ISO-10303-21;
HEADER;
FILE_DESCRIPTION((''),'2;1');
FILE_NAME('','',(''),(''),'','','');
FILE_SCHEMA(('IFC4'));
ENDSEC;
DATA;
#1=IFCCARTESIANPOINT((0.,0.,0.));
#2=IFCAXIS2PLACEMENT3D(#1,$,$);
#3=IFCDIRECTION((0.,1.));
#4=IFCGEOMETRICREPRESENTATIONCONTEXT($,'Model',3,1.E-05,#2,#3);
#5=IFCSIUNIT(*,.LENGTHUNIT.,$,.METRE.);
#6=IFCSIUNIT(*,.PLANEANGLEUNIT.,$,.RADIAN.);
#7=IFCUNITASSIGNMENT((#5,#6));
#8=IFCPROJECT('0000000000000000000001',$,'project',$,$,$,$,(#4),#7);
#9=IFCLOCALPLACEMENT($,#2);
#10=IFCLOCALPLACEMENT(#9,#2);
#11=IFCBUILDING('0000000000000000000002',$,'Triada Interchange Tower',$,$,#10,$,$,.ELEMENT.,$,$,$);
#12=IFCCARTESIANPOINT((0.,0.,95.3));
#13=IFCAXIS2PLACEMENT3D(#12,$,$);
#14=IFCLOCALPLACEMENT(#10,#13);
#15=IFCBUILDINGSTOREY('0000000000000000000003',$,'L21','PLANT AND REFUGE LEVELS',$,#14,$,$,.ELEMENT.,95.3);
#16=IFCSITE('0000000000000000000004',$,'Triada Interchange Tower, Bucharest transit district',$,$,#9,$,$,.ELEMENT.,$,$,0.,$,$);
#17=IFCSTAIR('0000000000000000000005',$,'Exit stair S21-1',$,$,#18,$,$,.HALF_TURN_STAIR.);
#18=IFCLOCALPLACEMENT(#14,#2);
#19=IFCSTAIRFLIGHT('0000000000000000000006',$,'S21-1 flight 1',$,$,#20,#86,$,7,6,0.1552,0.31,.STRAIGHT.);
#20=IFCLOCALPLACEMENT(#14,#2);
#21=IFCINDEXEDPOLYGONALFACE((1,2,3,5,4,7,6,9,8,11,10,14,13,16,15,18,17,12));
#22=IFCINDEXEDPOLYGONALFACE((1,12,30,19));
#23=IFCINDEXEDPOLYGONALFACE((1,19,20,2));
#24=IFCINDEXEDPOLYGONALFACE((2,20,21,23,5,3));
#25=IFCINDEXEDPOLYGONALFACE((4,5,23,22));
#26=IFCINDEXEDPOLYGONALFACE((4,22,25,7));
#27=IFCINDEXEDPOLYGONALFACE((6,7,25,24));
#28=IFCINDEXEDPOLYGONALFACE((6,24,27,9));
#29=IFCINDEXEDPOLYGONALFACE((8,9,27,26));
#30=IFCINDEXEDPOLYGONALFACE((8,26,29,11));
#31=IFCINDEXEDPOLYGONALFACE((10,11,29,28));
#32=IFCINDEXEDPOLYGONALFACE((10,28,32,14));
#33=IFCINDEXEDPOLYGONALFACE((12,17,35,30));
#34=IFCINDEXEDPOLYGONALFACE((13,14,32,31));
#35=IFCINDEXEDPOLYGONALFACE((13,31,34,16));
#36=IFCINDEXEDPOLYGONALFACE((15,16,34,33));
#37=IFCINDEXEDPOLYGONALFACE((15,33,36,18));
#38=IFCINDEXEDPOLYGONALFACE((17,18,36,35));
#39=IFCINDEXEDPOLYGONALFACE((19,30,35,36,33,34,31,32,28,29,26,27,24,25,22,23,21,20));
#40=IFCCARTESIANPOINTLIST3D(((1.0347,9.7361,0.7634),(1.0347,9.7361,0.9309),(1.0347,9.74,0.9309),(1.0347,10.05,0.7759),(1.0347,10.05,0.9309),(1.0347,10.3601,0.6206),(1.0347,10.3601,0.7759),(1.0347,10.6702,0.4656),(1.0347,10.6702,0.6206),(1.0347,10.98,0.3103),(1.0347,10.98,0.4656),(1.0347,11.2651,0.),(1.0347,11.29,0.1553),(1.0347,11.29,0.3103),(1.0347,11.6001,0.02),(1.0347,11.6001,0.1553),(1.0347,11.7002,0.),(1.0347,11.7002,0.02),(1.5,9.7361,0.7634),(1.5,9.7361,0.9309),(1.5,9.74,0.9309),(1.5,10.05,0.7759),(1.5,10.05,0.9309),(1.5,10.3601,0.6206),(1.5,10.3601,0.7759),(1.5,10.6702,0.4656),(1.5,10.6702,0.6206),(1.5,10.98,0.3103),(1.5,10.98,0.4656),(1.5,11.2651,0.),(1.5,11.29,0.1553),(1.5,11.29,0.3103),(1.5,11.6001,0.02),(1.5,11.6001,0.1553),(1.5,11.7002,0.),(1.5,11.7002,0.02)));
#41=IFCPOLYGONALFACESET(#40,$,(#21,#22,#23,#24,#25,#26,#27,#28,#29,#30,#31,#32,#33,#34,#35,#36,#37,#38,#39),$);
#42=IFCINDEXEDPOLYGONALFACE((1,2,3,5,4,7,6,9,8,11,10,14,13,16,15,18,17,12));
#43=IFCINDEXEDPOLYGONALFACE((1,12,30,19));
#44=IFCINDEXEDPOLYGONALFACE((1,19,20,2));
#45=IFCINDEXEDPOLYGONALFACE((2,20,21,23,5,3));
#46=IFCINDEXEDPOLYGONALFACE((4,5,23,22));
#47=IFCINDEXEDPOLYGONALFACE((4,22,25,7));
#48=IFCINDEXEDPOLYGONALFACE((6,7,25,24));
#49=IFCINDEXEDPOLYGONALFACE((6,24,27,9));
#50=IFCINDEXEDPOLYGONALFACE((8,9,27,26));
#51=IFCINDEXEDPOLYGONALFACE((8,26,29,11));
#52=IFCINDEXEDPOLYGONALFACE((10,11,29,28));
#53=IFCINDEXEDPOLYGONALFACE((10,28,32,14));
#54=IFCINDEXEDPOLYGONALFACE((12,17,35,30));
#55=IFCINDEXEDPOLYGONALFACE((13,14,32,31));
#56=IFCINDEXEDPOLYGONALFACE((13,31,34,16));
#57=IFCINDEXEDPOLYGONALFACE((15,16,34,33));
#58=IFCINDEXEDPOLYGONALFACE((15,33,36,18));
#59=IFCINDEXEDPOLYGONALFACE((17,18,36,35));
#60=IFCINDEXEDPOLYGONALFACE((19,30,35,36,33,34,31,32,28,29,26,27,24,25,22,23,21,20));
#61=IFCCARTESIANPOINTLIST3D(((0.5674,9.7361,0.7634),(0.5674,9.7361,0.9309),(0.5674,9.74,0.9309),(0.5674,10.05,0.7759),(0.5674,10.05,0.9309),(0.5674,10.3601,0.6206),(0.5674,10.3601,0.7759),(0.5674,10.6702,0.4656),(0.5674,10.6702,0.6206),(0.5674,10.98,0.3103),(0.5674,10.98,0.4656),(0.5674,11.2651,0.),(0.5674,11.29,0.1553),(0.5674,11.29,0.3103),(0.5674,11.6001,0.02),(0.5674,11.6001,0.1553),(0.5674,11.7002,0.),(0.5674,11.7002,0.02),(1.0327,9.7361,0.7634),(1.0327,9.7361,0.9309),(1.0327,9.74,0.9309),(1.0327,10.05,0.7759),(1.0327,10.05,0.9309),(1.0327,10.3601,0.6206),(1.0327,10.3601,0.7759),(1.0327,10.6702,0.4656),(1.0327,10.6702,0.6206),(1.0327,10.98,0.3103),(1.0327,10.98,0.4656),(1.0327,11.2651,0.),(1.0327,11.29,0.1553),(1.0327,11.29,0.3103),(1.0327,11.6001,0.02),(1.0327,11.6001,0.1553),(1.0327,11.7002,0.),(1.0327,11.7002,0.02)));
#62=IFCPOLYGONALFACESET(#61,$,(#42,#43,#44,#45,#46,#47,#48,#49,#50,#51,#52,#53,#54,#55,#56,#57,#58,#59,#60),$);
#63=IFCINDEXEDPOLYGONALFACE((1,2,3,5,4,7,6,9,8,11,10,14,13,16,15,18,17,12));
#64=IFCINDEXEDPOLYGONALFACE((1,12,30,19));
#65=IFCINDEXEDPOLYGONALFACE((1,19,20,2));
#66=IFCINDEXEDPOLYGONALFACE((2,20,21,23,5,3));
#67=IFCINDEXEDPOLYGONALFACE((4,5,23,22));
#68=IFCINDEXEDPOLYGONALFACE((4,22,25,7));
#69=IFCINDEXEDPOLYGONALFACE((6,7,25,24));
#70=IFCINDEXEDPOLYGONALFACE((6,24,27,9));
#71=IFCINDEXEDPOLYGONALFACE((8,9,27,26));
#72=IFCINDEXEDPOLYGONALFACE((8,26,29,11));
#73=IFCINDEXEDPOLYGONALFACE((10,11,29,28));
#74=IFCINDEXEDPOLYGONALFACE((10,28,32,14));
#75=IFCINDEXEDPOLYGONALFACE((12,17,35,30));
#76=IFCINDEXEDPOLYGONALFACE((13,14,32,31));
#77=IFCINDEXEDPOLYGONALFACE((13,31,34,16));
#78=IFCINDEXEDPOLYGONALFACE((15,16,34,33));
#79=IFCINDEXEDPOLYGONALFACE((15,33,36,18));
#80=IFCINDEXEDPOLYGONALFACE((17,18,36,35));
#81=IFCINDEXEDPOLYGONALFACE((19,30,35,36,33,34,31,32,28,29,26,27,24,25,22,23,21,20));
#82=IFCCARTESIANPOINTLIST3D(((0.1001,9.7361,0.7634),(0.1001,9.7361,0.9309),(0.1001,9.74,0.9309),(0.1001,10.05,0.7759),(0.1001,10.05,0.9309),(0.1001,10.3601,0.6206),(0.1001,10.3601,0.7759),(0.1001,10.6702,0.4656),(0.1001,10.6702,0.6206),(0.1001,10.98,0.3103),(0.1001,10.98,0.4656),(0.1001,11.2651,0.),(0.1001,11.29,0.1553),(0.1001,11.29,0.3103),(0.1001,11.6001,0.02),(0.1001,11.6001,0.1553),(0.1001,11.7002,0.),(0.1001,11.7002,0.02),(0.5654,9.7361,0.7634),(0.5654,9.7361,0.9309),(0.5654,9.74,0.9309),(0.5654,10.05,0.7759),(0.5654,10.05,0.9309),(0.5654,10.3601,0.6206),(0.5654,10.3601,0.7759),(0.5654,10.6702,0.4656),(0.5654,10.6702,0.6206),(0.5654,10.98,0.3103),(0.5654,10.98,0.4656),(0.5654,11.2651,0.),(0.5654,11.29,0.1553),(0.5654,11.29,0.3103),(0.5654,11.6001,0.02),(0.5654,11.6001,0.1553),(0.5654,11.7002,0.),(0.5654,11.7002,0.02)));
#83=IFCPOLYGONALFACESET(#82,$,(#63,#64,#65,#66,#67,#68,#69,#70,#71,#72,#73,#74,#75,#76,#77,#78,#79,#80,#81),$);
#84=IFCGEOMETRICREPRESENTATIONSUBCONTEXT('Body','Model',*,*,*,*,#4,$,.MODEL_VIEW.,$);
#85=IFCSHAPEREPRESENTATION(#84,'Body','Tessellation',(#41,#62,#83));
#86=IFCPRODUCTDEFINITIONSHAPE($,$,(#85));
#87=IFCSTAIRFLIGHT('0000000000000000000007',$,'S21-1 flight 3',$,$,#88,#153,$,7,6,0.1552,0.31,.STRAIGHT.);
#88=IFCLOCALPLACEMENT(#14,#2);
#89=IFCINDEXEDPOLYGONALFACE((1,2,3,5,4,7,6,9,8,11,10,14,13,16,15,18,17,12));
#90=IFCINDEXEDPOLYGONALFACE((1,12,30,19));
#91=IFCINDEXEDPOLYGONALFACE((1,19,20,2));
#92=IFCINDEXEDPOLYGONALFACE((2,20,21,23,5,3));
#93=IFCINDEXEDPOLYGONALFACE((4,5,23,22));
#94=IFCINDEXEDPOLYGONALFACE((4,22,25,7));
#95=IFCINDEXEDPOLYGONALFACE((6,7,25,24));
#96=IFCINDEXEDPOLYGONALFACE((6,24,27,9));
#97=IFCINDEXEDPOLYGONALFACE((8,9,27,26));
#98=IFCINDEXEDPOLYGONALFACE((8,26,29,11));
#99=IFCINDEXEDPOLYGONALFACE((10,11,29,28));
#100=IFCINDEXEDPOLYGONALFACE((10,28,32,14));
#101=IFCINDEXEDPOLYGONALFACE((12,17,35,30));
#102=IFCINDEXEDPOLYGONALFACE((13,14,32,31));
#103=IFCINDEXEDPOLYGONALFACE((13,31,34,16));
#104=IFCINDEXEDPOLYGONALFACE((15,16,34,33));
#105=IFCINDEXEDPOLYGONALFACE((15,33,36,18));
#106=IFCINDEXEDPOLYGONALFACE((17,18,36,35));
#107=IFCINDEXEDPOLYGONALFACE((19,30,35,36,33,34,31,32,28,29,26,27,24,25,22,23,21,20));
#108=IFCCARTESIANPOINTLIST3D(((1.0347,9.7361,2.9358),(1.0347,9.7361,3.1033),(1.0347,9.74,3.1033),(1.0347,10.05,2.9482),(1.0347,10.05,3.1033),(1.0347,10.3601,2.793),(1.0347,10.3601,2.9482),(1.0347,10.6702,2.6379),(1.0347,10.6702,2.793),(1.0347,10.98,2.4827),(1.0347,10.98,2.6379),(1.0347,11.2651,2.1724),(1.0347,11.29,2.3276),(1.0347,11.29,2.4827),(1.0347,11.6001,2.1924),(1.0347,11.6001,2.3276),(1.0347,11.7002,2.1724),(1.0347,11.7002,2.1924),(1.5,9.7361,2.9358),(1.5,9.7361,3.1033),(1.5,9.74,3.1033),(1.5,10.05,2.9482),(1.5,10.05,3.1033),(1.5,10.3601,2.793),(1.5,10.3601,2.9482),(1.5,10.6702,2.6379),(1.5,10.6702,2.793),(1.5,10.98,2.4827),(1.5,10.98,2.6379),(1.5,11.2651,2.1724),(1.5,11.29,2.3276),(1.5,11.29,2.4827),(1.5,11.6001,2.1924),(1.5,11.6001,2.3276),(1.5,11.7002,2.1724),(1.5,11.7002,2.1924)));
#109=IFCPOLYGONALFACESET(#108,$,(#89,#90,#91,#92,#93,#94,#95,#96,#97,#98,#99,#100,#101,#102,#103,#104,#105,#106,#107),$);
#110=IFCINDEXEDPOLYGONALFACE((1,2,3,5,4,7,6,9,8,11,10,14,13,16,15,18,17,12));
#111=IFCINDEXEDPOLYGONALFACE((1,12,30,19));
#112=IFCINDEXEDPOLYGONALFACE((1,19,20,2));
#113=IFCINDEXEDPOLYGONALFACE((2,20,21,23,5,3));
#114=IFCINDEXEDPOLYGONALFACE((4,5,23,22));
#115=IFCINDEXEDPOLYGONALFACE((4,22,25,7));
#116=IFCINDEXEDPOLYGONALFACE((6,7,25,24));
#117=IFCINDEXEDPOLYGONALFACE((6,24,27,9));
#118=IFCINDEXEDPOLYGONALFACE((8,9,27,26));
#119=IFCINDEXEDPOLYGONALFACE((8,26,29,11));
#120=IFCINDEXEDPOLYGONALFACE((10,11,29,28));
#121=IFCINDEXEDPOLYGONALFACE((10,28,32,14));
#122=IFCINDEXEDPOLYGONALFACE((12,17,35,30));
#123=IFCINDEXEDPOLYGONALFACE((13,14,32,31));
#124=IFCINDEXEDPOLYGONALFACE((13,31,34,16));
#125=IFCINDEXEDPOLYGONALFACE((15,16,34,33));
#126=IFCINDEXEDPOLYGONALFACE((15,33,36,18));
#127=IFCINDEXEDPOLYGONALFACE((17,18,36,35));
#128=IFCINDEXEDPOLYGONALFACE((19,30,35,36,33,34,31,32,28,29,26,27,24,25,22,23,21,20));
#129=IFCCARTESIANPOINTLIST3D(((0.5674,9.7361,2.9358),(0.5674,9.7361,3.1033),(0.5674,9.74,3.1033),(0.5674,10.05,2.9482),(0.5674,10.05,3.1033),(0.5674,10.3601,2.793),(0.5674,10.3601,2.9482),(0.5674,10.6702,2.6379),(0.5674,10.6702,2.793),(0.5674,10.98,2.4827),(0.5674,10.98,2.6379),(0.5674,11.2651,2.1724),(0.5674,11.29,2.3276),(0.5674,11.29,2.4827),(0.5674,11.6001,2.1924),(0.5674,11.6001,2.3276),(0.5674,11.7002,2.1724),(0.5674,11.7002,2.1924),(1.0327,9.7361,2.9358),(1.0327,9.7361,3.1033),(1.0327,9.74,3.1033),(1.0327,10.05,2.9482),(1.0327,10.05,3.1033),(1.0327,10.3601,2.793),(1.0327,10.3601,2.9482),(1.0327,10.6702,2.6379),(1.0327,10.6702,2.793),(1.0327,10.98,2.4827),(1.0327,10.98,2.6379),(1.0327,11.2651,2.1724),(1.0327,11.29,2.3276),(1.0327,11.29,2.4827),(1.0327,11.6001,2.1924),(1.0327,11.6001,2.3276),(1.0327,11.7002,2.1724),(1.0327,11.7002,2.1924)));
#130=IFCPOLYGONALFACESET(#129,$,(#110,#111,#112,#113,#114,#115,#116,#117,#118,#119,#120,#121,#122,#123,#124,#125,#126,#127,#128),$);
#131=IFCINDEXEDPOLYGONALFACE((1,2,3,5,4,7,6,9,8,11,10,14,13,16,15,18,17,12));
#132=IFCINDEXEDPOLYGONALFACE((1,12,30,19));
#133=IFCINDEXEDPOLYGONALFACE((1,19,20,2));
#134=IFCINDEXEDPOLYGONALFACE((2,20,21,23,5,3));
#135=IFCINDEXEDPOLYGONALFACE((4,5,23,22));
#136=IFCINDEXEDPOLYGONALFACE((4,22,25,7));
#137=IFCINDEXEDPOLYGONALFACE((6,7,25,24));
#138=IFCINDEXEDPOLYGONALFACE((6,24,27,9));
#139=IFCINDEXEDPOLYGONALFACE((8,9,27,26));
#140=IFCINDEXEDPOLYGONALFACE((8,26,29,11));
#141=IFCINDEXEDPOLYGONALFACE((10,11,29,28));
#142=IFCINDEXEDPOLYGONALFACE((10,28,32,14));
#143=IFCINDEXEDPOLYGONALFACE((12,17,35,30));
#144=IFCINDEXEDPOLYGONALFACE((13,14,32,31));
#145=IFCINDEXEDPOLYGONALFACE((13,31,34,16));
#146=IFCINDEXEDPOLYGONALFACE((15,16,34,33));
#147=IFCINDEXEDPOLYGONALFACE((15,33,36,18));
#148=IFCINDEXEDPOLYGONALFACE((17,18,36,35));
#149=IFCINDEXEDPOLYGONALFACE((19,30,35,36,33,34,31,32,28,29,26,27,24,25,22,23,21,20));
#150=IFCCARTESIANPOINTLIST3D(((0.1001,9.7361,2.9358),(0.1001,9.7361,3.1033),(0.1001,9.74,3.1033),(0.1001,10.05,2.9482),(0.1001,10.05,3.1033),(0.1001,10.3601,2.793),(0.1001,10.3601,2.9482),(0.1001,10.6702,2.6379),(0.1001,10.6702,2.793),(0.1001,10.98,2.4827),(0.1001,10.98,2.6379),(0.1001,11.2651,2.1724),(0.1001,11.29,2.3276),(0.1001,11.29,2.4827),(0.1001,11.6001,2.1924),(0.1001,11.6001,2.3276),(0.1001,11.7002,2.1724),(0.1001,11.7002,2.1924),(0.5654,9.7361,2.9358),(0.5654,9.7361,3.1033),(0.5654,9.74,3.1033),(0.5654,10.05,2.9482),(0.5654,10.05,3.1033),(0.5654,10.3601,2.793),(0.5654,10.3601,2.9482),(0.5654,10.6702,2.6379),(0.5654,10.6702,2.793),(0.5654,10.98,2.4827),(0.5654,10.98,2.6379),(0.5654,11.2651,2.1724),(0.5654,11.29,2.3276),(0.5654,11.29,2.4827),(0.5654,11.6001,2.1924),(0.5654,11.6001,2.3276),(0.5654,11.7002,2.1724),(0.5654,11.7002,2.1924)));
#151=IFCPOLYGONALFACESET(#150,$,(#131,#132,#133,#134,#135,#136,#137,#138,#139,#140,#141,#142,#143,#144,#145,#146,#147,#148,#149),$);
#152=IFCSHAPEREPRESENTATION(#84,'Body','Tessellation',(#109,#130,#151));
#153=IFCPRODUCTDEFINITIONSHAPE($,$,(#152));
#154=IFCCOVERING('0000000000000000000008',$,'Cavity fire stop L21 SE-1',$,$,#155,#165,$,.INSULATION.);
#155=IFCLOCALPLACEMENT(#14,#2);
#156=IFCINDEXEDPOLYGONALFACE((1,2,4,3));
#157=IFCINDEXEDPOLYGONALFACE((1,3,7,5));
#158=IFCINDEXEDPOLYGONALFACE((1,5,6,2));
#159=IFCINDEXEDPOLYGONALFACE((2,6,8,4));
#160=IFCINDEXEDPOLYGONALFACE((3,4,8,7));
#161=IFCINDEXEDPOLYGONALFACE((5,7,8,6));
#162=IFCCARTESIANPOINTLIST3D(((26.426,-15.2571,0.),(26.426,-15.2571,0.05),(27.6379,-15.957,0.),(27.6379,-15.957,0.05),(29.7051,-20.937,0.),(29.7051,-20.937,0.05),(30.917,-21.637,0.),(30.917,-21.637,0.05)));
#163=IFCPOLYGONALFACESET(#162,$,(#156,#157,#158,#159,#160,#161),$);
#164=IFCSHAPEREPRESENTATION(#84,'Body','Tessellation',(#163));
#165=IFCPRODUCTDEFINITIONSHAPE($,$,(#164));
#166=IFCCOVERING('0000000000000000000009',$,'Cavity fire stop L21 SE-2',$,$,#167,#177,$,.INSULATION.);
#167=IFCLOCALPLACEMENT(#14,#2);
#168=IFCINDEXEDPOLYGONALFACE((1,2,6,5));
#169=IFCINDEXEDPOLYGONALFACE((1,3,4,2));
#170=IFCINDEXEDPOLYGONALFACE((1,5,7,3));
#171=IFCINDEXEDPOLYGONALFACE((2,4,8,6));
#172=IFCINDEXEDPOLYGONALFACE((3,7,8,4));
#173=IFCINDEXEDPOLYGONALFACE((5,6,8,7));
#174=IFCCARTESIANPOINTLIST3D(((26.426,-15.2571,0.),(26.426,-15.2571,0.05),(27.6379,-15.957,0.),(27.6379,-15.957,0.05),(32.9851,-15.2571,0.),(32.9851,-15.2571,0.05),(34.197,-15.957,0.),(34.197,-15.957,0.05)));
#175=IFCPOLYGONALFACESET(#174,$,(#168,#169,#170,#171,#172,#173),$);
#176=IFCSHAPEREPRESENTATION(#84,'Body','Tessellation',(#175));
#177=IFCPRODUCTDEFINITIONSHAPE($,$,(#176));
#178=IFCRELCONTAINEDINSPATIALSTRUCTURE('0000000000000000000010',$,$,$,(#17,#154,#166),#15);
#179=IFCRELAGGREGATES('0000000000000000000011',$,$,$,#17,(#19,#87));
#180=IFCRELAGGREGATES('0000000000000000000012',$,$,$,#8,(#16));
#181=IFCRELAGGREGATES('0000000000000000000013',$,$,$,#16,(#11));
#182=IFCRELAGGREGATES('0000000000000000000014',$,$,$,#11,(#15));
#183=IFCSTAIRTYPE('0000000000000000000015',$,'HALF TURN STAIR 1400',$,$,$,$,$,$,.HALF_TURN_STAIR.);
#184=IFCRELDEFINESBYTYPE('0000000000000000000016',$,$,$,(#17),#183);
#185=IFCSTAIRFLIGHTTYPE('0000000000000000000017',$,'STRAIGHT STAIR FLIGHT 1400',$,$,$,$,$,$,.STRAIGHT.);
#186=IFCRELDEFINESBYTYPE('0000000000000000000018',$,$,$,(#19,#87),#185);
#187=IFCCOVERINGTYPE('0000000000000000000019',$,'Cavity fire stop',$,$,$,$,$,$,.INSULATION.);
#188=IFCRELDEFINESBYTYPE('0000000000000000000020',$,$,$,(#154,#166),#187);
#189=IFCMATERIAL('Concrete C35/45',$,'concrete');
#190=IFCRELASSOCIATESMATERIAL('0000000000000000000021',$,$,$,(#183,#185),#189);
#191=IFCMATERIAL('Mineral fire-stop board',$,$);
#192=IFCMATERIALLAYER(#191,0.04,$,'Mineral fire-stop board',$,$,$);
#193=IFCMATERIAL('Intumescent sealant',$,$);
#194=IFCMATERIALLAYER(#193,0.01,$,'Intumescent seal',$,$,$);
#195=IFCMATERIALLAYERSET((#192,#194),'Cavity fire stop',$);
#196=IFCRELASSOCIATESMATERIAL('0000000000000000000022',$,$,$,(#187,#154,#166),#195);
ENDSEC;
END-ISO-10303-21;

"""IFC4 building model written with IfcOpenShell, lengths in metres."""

from ifc_helpers import new_model, si_unit, direction, frame, origin, place, context, subcontext, project, spatial, polyline, outline, extrude, material, layer, layer_set, layer_usage, type_object, element, aggregate, save


model = new_model("IFC4")

# Units and contexts
model_context = context("Model", 3, precision=1e-05, world=origin(), true_north=direction((0.0, 1.0)))
body_context = subcontext(model_context, "Body", "Model", "MODEL_VIEW")
ifc_project = project(units=[si_unit("LENGTHUNIT", "METRE"), si_unit("PLANEANGLEUNIT", "RADIAN")], contexts=[model_context])

# Site, building, storey
site_placement = place(None, origin())
site = spatial("IfcSite", under=ifc_project, at=site_placement, Name="Triada Interchange Tower, Bucharest transit district", CompositionType="ELEMENT", RefElevation=0.0)
building_placement = place(site_placement, origin())
building = spatial("IfcBuilding", under=site, at=building_placement, Name="Triada Interchange Tower", CompositionType="ELEMENT")
storey_placement = place(building_placement, frame((0.0, 0.0, 95.3)))
storey = spatial("IfcBuildingStorey", under=building, at=storey_placement, Name="L21", Description="PLANT AND REFUGE LEVELS", CompositionType="ELEMENT", Elevation=95.3)

# Stair
ifc_material_1 = material(Name="Concrete C35/45", Category="concrete")
stair_type = type_object("IfcStairType", Name="HALF TURN STAIR 1400", PredefinedType="HALF_TURN_STAIR", material=ifc_material_1)
stair_1_placement = place(storey_placement, origin())
stair_1 = element("IfcStair", 1, at=stair_1_placement, inside=storey, type_object=stair_type, Name="Exit stair S21-1", PredefinedType="HALF_TURN_STAIR")

# Stair flights
stair_flight_type = type_object("IfcStairFlightType", Name="STRAIGHT STAIR FLIGHT 1400", PredefinedType="STRAIGHT", material=ifc_material_1)
stair_flight_1_placement = place(storey_placement, frame((0.8, 11.6001, 0.0), z_axis=(0.0, 0.0, 1.0), x_axis=(0.0, -1.0, 0.0)))
stair_flight_1 = element("IfcStairFlight", 2, at=stair_flight_1_placement, type_object=stair_flight_type, Name="S21-1 flight 1", NumberOfRisers=7, NumberOfTreads=6, PredefinedType="STRAIGHT", RiserHeight=0.1552, TreadLength=0.31, context=body_context, shape_type="SweptSolid", body=[
    extrude(outline(polyline([(-0.1001, 0.0), (-0.1001, 0.02), (0.0, 0.02), (0.0, 0.1553), (0.3101, 0.1553), (0.3101, 0.3103), (0.6201, 0.3103), (0.6201, 0.4656), (0.9299, 0.4656), (0.9299, 0.6206), (1.24, 0.6206), (1.24, 0.7759), (1.55, 0.7759), (1.55, 0.9309), (1.8601, 0.9309), (1.864, 0.9309), (1.864, 1.0862), (1.864, 0.7634), (0.335, 0.0), (-0.1001, 0.0)])), frame((0.0, 0.7, 0.0), z_axis=(0.0, -1.0, 0.0), x_axis=(1.0, 0.0, 0.0)), (0.0, 0.0, 1.0), 0.4653),
    extrude(outline(polyline([(-0.1001, 0.0), (-0.1001, 0.02), (0.0, 0.02), (0.0, 0.1553), (0.3101, 0.1553), (0.3101, 0.3103), (0.6201, 0.3103), (0.6201, 0.4656), (0.9299, 0.4656), (0.9299, 0.6206), (1.24, 0.6206), (1.24, 0.7759), (1.55, 0.7759), (1.55, 0.9309), (1.8601, 0.9309), (1.864, 0.9309), (1.864, 1.0862), (1.864, 0.7634), (0.335, 0.0), (-0.1001, 0.0)])), frame((0.0, 0.2327, 0.0), z_axis=(0.0, -1.0, 0.0), x_axis=(1.0, 0.0, 0.0)), (0.0, 0.0, 1.0), 0.4653),
    extrude(outline(polyline([(-0.1001, 0.0), (-0.1001, 0.02), (0.0, 0.02), (0.0, 0.1553), (0.3101, 0.1553), (0.3101, 0.3103), (0.6201, 0.3103), (0.6201, 0.4656), (0.9299, 0.4656), (0.9299, 0.6206), (1.24, 0.6206), (1.24, 0.7759), (1.55, 0.7759), (1.55, 0.9309), (1.8601, 0.9309), (1.864, 0.9309), (1.864, 1.0862), (1.864, 0.7634), (0.335, 0.0), (-0.1001, 0.0)])), frame((0.0, -0.2346, 0.0), z_axis=(0.0, -1.0, 0.0), x_axis=(1.0, 0.0, 0.0)), (0.0, 0.0, 1.0), 0.4653),
])
stair_flight_2_placement = place(storey_placement, frame((0.8, 11.6001, 2.1724), z_axis=(0.0, 0.0, 1.0), x_axis=(0.0, -1.0, 0.0)))
stair_flight_2 = element("IfcStairFlight", 3, at=stair_flight_2_placement, type_object=stair_flight_type, Name="S21-1 flight 3", NumberOfRisers=7, NumberOfTreads=6, PredefinedType="STRAIGHT", RiserHeight=0.1552, TreadLength=0.31, context=body_context, shape_type="SweptSolid", body=[
    extrude(outline(polyline([(-0.1001, 0.0), (-0.1001, 0.02), (0.0, 0.02), (0.0, 0.1553), (0.3101, 0.1553), (0.3101, 0.3103), (0.6201, 0.3103), (0.6201, 0.4656), (0.9299, 0.4656), (0.9299, 0.6206), (1.24, 0.6206), (1.24, 0.7759), (1.55, 0.7759), (1.55, 0.9309), (1.8601, 0.9309), (1.864, 0.9309), (1.864, 1.0862), (1.864, 0.7634), (0.335, 0.0), (-0.1001, 0.0)])), frame((0.0, 0.7, 0.0), z_axis=(0.0, -1.0, 0.0), x_axis=(1.0, 0.0, 0.0)), (0.0, 0.0, 1.0), 0.4653),
    extrude(outline(polyline([(-0.1001, 0.0), (-0.1001, 0.02), (0.0, 0.02), (0.0, 0.1553), (0.3101, 0.1553), (0.3101, 0.3103), (0.6201, 0.3103), (0.6201, 0.4656), (0.9299, 0.4656), (0.9299, 0.6206), (1.24, 0.6206), (1.24, 0.7759), (1.55, 0.7759), (1.55, 0.9309), (1.8601, 0.9309), (1.864, 0.9309), (1.864, 1.0862), (1.864, 0.7634), (0.335, 0.0), (-0.1001, 0.0)])), frame((0.0, 0.2327, 0.0), z_axis=(0.0, -1.0, 0.0), x_axis=(1.0, 0.0, 0.0)), (0.0, 0.0, 1.0), 0.4653),
    extrude(outline(polyline([(-0.1001, 0.0), (-0.1001, 0.02), (0.0, 0.02), (0.0, 0.1553), (0.3101, 0.1553), (0.3101, 0.3103), (0.6201, 0.3103), (0.6201, 0.4656), (0.9299, 0.4656), (0.9299, 0.6206), (1.24, 0.6206), (1.24, 0.7759), (1.55, 0.7759), (1.55, 0.9309), (1.8601, 0.9309), (1.864, 0.9309), (1.864, 1.0862), (1.864, 0.7634), (0.335, 0.0), (-0.1001, 0.0)])), frame((0.0, -0.2346, 0.0), z_axis=(0.0, -1.0, 0.0), x_axis=(1.0, 0.0, 0.0)), (0.0, 0.0, 1.0), 0.4653),
])

# Coverings
ifc_material_2 = material(Name="Mineral fire-stop board")
ifc_layer_1 = layer(ifc_material_2, 0.04, Name="Mineral fire-stop board")
ifc_material_3 = material(Name="Intumescent sealant")
ifc_layer_2 = layer(ifc_material_3, 0.01, Name="Intumescent seal")
ifc_layer_set_1 = layer_set([ifc_layer_1, ifc_layer_2], Name="Cavity fire stop")
ifc_layer_usage = layer_usage(ifc_layer_set_1, "AXIS3", "POSITIVE", 0.0)
covering_type = type_object("IfcCoveringType", Name="Cavity fire stop", PredefinedType="INSULATION", material=ifc_layer_set_1)
covering_1_placement = place(storey_placement, origin())
element("IfcCovering", 4, at=covering_1_placement, inside=storey, type_object=covering_type, material=ifc_layer_usage, Name="Cavity fire stop L21 SE-1", PredefinedType="INSULATION", context=body_context, shape_type="SweptSolid", body=[
    extrude(outline(polyline([(29.7051, -20.937), (30.917, -21.637), (27.6379, -15.957), (26.426, -15.2571), (29.7051, -20.937)])), origin(), (0.0, 0.0, 1.0), 0.05),
])
covering_2_placement = place(storey_placement, origin())
element("IfcCovering", 5, at=covering_2_placement, inside=storey, type_object=covering_type, material=ifc_layer_usage, Name="Cavity fire stop L21 SE-2", PredefinedType="INSULATION", context=body_context, shape_type="SweptSolid", body=[
    extrude(outline(polyline([(26.426, -15.2571), (27.6379, -15.957), (34.197, -15.957), (32.9851, -15.2571), (26.426, -15.2571)])), origin(), (0.0, 0.0, 1.0), 0.05),
])

aggregate(stair_1, [stair_flight_1, stair_flight_2])

save(model, "model.ifc")
